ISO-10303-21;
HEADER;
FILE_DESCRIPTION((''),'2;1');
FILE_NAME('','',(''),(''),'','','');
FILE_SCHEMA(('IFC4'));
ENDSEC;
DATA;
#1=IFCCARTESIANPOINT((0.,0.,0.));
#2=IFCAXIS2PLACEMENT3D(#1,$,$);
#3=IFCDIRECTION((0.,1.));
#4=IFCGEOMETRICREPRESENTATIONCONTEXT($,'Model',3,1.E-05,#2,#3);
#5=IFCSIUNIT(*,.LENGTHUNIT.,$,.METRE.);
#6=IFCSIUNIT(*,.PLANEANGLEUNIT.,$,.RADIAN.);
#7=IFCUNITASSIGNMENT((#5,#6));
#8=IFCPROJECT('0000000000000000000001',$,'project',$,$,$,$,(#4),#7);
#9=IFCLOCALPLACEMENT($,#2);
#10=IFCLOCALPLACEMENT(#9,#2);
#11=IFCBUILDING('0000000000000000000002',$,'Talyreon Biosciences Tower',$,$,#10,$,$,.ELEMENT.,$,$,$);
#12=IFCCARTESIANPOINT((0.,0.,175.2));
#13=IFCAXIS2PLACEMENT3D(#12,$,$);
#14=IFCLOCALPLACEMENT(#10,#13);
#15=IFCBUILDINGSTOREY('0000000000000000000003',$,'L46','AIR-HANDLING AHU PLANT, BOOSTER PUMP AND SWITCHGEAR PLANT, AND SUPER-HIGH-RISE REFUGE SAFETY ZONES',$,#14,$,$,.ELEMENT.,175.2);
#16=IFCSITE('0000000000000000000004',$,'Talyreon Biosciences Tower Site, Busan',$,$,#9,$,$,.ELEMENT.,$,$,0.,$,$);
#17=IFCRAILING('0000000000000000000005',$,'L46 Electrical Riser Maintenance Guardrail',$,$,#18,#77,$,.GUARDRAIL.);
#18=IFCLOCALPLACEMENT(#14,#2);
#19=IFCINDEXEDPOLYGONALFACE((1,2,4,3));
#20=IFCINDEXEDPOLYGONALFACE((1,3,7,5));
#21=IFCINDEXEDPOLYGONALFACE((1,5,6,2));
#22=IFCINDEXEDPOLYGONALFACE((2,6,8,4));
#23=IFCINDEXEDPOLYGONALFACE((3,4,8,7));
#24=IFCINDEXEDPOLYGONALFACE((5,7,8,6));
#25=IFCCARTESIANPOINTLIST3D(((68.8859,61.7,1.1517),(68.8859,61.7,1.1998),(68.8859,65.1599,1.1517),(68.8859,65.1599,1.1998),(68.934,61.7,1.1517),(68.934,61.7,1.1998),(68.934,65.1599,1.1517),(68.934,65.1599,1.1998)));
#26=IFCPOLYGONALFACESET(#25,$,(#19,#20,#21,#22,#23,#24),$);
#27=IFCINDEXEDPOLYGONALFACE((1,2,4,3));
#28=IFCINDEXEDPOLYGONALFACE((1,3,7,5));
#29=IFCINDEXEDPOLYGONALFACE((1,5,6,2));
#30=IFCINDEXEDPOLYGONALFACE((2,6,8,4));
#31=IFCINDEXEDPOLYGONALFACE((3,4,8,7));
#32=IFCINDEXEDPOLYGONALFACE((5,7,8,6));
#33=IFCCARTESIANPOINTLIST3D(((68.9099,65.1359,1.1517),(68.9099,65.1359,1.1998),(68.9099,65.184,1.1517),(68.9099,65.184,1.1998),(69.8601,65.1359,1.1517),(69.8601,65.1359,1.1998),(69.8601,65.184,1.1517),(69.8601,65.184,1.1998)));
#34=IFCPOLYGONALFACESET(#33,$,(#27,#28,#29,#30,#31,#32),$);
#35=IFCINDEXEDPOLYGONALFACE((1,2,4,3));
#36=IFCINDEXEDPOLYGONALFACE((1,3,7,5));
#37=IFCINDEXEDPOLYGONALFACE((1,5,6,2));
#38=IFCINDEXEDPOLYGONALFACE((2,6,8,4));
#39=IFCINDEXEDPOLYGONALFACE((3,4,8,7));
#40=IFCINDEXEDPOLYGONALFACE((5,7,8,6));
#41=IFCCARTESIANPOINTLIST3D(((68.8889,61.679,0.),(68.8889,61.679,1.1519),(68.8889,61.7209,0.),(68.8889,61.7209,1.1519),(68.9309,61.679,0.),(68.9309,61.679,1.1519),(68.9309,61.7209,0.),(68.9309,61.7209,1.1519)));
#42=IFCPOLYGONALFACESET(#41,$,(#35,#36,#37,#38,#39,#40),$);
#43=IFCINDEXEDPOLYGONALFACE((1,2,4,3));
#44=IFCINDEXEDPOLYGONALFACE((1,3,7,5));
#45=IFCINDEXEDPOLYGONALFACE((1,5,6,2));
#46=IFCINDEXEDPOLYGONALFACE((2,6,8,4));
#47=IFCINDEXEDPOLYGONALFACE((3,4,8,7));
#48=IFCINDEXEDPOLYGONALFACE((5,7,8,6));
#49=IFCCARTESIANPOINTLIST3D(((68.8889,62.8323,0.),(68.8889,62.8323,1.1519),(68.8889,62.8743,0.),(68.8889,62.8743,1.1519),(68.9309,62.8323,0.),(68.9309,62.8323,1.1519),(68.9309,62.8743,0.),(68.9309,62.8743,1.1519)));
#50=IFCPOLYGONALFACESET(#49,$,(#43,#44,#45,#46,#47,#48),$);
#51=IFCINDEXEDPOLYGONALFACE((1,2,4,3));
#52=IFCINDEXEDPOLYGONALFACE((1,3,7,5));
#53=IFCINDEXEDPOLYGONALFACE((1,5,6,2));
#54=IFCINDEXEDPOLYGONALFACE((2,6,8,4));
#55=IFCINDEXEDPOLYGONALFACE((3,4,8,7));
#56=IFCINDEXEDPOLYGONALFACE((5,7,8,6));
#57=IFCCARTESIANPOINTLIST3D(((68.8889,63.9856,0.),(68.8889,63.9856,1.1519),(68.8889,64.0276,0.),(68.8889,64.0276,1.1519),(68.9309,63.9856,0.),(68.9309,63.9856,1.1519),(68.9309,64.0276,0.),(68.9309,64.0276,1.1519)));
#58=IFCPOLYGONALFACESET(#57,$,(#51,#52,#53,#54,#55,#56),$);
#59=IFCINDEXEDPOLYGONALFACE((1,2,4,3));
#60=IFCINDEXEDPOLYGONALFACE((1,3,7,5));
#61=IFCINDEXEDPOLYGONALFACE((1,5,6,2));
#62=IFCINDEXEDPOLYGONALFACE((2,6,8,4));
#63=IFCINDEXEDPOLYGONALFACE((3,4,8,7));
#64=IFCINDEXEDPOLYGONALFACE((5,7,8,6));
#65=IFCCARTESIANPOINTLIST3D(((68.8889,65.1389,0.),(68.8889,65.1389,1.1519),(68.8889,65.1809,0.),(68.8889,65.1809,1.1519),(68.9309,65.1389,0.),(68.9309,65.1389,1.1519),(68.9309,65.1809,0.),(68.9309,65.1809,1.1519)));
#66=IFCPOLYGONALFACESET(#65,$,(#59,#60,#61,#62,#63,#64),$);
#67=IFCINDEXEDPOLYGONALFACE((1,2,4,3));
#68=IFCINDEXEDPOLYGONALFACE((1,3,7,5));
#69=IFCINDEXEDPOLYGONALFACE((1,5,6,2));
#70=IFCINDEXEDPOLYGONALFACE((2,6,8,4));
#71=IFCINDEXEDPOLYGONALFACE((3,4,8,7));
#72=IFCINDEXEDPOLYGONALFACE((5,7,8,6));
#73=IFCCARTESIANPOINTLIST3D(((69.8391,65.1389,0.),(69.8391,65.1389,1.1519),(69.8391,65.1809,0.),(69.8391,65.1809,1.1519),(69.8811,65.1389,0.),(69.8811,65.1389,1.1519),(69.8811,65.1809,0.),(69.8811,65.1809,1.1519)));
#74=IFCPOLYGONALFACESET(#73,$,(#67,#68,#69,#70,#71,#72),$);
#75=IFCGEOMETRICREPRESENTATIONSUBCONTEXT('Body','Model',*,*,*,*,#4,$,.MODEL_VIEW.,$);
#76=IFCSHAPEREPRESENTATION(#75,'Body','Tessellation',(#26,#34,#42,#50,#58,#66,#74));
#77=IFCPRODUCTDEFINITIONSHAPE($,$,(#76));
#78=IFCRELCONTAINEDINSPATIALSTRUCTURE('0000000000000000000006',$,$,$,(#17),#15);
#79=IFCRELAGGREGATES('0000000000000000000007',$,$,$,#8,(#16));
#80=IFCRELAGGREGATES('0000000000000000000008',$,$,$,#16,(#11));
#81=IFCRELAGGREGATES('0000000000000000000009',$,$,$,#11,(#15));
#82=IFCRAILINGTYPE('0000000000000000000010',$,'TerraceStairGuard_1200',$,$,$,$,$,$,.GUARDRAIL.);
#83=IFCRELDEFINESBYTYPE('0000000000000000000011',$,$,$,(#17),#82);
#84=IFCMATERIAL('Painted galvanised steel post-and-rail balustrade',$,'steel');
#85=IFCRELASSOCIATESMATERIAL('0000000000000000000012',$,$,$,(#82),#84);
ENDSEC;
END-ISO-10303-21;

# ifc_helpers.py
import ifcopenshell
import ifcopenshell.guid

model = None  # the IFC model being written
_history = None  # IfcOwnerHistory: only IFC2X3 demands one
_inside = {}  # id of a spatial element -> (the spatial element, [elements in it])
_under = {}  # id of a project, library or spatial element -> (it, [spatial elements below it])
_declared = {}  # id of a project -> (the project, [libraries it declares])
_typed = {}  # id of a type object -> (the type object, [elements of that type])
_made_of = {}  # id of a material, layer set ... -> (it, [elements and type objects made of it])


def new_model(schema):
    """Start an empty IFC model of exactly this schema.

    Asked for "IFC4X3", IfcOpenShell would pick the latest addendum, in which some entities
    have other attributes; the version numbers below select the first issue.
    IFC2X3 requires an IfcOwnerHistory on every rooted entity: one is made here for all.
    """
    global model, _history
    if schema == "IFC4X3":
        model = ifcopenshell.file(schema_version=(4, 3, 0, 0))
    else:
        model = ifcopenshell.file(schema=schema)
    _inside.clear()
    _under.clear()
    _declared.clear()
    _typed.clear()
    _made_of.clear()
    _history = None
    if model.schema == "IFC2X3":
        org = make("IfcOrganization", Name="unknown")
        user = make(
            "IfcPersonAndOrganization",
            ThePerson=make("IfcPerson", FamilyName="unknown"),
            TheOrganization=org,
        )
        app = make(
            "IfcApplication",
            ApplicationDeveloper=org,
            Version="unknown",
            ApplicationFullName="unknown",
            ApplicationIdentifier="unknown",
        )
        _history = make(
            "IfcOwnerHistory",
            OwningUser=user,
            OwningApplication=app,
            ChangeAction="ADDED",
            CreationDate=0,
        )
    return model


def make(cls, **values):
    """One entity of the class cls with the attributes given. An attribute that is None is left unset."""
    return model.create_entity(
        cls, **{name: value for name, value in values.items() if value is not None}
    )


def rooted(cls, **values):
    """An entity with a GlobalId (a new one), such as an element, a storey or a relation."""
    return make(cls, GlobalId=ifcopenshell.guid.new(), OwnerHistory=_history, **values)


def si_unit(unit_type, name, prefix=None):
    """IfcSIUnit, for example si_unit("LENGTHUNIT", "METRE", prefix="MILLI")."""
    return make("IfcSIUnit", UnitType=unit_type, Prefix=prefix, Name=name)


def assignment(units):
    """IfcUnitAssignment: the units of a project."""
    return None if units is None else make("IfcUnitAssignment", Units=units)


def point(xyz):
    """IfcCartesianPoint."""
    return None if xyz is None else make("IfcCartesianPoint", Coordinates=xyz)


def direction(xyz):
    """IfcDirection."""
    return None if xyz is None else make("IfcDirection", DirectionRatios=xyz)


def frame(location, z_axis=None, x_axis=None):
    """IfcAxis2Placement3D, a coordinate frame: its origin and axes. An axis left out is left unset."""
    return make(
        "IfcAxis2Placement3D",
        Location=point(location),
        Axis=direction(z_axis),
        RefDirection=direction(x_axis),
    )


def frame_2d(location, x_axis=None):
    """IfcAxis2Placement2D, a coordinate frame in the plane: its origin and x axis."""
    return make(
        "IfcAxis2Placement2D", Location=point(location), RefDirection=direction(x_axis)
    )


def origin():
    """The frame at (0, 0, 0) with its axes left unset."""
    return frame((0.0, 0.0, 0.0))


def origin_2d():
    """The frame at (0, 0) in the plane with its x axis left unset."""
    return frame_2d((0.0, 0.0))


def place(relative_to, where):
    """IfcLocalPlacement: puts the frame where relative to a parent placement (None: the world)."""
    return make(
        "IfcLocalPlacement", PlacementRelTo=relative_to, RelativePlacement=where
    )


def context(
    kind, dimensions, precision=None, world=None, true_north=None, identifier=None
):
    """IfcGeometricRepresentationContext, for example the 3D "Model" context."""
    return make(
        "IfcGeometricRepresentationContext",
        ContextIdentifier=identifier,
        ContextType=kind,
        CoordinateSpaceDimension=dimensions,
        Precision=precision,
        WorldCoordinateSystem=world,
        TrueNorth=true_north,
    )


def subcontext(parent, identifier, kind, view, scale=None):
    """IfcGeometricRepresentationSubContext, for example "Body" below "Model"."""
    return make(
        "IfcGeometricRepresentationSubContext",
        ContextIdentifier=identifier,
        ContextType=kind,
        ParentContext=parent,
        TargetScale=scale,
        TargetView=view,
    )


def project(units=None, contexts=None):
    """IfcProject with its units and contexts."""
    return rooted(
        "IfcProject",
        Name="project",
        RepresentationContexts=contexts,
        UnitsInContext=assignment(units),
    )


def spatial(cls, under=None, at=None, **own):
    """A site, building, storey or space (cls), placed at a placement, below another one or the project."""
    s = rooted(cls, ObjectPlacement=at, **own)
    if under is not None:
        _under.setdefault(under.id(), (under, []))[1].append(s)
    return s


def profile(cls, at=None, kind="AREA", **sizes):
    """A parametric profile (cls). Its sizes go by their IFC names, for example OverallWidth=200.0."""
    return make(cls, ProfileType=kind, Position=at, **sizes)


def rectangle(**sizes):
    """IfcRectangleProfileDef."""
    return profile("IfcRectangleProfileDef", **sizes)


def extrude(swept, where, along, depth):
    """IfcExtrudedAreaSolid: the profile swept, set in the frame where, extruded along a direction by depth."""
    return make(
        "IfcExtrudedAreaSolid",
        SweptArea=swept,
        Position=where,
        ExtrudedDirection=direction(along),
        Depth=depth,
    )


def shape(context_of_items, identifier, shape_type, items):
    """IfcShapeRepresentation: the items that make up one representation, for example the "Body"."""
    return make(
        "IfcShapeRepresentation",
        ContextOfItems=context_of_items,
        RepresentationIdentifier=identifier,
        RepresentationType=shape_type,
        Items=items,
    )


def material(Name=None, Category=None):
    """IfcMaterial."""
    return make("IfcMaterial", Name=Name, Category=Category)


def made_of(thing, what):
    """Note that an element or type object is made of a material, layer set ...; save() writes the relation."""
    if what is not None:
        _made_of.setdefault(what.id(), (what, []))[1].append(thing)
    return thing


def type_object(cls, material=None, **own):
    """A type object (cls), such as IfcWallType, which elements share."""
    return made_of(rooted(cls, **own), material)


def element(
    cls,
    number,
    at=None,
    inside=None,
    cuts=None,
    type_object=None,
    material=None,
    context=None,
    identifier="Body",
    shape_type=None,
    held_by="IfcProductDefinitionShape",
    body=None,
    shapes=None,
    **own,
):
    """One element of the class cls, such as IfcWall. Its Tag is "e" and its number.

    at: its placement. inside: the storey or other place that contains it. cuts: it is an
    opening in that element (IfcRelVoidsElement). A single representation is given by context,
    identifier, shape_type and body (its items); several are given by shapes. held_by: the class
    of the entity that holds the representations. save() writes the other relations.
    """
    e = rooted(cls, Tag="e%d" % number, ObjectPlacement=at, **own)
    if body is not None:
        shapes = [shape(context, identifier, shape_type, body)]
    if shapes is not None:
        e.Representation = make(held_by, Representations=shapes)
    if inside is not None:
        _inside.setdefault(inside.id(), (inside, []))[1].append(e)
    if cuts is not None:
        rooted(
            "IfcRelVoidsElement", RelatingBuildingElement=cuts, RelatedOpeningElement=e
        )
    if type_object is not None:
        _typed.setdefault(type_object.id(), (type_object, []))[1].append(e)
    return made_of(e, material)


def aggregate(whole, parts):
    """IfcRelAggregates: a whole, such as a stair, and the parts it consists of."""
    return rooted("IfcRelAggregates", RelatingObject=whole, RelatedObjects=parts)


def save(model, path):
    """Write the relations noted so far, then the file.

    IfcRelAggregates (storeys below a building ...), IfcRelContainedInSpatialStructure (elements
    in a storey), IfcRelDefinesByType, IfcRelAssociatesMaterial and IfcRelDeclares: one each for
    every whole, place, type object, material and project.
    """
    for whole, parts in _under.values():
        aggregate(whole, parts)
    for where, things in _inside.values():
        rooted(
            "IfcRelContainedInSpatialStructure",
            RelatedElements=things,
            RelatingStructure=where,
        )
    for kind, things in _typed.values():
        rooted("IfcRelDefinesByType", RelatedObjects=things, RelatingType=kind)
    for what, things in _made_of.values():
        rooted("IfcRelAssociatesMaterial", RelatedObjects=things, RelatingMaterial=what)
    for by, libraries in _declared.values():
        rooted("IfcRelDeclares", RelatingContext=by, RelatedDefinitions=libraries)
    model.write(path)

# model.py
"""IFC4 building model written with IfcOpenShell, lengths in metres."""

from ifc_helpers import new_model, si_unit, direction, frame, origin, origin_2d, place, context, subcontext, project, spatial, rectangle, extrude, material, type_object, element, save


model = new_model("IFC4")

# Units and contexts
model_context = context("Model", 3, precision=1e-05, world=origin(), true_north=direction((0.0, 1.0)))
body_context = subcontext(model_context, "Body", "Model", "MODEL_VIEW")
ifc_project = project(units=[si_unit("LENGTHUNIT", "METRE"), si_unit("PLANEANGLEUNIT", "RADIAN")], contexts=[model_context])

# Site, building, storey
site_placement = place(None, origin())
site = spatial("IfcSite", under=ifc_project, at=site_placement, Name="Talyreon Biosciences Tower Site, Busan", CompositionType="ELEMENT", RefElevation=0.0)
building_placement = place(site_placement, origin())
building = spatial("IfcBuilding", under=site, at=building_placement, Name="Talyreon Biosciences Tower", CompositionType="ELEMENT")
storey_placement = place(building_placement, frame((0.0, 0.0, 175.2)))
storey = spatial("IfcBuildingStorey", under=building, at=storey_placement, Name="L46", Description="AIR-HANDLING AHU PLANT, BOOSTER PUMP AND SWITCHGEAR PLANT, AND SUPER-HIGH-RISE REFUGE SAFETY ZONES", CompositionType="ELEMENT", Elevation=175.2)

# Railing
ifc_material_1 = material(Name="Painted galvanised steel post-and-rail balustrade", Category="steel")
railing_type_1 = type_object("IfcRailingType", Name="TerraceStairGuard_1200", PredefinedType="GUARDRAIL", material=ifc_material_1)
railing_1_placement = place(storey_placement, frame((68.9099, 61.7, 0.0)))
element("IfcRailing", 1, at=railing_1_placement, inside=storey, type_object=railing_type_1, Name="L46 Electrical Riser Maintenance Guardrail", PredefinedType="GUARDRAIL", context=body_context, shape_type="SweptSolid", body=[
    extrude(rectangle(XDim=0.0481, YDim=0.0481, at=origin_2d()), frame((0.0, 0.0, 1.1758), z_axis=(0.0, 1.0, 0.0), x_axis=(-1.0, 0.0, 0.0)), (0.0, 0.0, 1.0), 3.46),
    extrude(rectangle(XDim=0.0481, YDim=0.0481, at=origin_2d()), frame((0.0, 3.46, 1.1758), z_axis=(1.0, 0.0, 0.0), x_axis=(0.0, 1.0, 0.0)), (0.0, 0.0, 1.0), 0.9502),
    extrude(rectangle(XDim=0.042, YDim=0.042, at=origin_2d()), origin(), (0.0, 0.0, 1.0), 1.1519),
    extrude(rectangle(XDim=0.042, YDim=0.042, at=origin_2d()), frame((0.0, 1.1533, 0.0)), (0.0, 0.0, 1.0), 1.1519),
    extrude(rectangle(XDim=0.042, YDim=0.042, at=origin_2d()), frame((0.0, 2.3066, 0.0)), (0.0, 0.0, 1.0), 1.1519),
    extrude(rectangle(XDim=0.042, YDim=0.042, at=origin_2d()), frame((0.0, 3.46, 0.0)), (0.0, 0.0, 1.0), 1.1519),
    extrude(rectangle(XDim=0.042, YDim=0.042, at=origin_2d()), frame((0.9502, 3.46, 0.0)), (0.0, 0.0, 1.0), 1.1519),
])

save(model, "model.ifc")
